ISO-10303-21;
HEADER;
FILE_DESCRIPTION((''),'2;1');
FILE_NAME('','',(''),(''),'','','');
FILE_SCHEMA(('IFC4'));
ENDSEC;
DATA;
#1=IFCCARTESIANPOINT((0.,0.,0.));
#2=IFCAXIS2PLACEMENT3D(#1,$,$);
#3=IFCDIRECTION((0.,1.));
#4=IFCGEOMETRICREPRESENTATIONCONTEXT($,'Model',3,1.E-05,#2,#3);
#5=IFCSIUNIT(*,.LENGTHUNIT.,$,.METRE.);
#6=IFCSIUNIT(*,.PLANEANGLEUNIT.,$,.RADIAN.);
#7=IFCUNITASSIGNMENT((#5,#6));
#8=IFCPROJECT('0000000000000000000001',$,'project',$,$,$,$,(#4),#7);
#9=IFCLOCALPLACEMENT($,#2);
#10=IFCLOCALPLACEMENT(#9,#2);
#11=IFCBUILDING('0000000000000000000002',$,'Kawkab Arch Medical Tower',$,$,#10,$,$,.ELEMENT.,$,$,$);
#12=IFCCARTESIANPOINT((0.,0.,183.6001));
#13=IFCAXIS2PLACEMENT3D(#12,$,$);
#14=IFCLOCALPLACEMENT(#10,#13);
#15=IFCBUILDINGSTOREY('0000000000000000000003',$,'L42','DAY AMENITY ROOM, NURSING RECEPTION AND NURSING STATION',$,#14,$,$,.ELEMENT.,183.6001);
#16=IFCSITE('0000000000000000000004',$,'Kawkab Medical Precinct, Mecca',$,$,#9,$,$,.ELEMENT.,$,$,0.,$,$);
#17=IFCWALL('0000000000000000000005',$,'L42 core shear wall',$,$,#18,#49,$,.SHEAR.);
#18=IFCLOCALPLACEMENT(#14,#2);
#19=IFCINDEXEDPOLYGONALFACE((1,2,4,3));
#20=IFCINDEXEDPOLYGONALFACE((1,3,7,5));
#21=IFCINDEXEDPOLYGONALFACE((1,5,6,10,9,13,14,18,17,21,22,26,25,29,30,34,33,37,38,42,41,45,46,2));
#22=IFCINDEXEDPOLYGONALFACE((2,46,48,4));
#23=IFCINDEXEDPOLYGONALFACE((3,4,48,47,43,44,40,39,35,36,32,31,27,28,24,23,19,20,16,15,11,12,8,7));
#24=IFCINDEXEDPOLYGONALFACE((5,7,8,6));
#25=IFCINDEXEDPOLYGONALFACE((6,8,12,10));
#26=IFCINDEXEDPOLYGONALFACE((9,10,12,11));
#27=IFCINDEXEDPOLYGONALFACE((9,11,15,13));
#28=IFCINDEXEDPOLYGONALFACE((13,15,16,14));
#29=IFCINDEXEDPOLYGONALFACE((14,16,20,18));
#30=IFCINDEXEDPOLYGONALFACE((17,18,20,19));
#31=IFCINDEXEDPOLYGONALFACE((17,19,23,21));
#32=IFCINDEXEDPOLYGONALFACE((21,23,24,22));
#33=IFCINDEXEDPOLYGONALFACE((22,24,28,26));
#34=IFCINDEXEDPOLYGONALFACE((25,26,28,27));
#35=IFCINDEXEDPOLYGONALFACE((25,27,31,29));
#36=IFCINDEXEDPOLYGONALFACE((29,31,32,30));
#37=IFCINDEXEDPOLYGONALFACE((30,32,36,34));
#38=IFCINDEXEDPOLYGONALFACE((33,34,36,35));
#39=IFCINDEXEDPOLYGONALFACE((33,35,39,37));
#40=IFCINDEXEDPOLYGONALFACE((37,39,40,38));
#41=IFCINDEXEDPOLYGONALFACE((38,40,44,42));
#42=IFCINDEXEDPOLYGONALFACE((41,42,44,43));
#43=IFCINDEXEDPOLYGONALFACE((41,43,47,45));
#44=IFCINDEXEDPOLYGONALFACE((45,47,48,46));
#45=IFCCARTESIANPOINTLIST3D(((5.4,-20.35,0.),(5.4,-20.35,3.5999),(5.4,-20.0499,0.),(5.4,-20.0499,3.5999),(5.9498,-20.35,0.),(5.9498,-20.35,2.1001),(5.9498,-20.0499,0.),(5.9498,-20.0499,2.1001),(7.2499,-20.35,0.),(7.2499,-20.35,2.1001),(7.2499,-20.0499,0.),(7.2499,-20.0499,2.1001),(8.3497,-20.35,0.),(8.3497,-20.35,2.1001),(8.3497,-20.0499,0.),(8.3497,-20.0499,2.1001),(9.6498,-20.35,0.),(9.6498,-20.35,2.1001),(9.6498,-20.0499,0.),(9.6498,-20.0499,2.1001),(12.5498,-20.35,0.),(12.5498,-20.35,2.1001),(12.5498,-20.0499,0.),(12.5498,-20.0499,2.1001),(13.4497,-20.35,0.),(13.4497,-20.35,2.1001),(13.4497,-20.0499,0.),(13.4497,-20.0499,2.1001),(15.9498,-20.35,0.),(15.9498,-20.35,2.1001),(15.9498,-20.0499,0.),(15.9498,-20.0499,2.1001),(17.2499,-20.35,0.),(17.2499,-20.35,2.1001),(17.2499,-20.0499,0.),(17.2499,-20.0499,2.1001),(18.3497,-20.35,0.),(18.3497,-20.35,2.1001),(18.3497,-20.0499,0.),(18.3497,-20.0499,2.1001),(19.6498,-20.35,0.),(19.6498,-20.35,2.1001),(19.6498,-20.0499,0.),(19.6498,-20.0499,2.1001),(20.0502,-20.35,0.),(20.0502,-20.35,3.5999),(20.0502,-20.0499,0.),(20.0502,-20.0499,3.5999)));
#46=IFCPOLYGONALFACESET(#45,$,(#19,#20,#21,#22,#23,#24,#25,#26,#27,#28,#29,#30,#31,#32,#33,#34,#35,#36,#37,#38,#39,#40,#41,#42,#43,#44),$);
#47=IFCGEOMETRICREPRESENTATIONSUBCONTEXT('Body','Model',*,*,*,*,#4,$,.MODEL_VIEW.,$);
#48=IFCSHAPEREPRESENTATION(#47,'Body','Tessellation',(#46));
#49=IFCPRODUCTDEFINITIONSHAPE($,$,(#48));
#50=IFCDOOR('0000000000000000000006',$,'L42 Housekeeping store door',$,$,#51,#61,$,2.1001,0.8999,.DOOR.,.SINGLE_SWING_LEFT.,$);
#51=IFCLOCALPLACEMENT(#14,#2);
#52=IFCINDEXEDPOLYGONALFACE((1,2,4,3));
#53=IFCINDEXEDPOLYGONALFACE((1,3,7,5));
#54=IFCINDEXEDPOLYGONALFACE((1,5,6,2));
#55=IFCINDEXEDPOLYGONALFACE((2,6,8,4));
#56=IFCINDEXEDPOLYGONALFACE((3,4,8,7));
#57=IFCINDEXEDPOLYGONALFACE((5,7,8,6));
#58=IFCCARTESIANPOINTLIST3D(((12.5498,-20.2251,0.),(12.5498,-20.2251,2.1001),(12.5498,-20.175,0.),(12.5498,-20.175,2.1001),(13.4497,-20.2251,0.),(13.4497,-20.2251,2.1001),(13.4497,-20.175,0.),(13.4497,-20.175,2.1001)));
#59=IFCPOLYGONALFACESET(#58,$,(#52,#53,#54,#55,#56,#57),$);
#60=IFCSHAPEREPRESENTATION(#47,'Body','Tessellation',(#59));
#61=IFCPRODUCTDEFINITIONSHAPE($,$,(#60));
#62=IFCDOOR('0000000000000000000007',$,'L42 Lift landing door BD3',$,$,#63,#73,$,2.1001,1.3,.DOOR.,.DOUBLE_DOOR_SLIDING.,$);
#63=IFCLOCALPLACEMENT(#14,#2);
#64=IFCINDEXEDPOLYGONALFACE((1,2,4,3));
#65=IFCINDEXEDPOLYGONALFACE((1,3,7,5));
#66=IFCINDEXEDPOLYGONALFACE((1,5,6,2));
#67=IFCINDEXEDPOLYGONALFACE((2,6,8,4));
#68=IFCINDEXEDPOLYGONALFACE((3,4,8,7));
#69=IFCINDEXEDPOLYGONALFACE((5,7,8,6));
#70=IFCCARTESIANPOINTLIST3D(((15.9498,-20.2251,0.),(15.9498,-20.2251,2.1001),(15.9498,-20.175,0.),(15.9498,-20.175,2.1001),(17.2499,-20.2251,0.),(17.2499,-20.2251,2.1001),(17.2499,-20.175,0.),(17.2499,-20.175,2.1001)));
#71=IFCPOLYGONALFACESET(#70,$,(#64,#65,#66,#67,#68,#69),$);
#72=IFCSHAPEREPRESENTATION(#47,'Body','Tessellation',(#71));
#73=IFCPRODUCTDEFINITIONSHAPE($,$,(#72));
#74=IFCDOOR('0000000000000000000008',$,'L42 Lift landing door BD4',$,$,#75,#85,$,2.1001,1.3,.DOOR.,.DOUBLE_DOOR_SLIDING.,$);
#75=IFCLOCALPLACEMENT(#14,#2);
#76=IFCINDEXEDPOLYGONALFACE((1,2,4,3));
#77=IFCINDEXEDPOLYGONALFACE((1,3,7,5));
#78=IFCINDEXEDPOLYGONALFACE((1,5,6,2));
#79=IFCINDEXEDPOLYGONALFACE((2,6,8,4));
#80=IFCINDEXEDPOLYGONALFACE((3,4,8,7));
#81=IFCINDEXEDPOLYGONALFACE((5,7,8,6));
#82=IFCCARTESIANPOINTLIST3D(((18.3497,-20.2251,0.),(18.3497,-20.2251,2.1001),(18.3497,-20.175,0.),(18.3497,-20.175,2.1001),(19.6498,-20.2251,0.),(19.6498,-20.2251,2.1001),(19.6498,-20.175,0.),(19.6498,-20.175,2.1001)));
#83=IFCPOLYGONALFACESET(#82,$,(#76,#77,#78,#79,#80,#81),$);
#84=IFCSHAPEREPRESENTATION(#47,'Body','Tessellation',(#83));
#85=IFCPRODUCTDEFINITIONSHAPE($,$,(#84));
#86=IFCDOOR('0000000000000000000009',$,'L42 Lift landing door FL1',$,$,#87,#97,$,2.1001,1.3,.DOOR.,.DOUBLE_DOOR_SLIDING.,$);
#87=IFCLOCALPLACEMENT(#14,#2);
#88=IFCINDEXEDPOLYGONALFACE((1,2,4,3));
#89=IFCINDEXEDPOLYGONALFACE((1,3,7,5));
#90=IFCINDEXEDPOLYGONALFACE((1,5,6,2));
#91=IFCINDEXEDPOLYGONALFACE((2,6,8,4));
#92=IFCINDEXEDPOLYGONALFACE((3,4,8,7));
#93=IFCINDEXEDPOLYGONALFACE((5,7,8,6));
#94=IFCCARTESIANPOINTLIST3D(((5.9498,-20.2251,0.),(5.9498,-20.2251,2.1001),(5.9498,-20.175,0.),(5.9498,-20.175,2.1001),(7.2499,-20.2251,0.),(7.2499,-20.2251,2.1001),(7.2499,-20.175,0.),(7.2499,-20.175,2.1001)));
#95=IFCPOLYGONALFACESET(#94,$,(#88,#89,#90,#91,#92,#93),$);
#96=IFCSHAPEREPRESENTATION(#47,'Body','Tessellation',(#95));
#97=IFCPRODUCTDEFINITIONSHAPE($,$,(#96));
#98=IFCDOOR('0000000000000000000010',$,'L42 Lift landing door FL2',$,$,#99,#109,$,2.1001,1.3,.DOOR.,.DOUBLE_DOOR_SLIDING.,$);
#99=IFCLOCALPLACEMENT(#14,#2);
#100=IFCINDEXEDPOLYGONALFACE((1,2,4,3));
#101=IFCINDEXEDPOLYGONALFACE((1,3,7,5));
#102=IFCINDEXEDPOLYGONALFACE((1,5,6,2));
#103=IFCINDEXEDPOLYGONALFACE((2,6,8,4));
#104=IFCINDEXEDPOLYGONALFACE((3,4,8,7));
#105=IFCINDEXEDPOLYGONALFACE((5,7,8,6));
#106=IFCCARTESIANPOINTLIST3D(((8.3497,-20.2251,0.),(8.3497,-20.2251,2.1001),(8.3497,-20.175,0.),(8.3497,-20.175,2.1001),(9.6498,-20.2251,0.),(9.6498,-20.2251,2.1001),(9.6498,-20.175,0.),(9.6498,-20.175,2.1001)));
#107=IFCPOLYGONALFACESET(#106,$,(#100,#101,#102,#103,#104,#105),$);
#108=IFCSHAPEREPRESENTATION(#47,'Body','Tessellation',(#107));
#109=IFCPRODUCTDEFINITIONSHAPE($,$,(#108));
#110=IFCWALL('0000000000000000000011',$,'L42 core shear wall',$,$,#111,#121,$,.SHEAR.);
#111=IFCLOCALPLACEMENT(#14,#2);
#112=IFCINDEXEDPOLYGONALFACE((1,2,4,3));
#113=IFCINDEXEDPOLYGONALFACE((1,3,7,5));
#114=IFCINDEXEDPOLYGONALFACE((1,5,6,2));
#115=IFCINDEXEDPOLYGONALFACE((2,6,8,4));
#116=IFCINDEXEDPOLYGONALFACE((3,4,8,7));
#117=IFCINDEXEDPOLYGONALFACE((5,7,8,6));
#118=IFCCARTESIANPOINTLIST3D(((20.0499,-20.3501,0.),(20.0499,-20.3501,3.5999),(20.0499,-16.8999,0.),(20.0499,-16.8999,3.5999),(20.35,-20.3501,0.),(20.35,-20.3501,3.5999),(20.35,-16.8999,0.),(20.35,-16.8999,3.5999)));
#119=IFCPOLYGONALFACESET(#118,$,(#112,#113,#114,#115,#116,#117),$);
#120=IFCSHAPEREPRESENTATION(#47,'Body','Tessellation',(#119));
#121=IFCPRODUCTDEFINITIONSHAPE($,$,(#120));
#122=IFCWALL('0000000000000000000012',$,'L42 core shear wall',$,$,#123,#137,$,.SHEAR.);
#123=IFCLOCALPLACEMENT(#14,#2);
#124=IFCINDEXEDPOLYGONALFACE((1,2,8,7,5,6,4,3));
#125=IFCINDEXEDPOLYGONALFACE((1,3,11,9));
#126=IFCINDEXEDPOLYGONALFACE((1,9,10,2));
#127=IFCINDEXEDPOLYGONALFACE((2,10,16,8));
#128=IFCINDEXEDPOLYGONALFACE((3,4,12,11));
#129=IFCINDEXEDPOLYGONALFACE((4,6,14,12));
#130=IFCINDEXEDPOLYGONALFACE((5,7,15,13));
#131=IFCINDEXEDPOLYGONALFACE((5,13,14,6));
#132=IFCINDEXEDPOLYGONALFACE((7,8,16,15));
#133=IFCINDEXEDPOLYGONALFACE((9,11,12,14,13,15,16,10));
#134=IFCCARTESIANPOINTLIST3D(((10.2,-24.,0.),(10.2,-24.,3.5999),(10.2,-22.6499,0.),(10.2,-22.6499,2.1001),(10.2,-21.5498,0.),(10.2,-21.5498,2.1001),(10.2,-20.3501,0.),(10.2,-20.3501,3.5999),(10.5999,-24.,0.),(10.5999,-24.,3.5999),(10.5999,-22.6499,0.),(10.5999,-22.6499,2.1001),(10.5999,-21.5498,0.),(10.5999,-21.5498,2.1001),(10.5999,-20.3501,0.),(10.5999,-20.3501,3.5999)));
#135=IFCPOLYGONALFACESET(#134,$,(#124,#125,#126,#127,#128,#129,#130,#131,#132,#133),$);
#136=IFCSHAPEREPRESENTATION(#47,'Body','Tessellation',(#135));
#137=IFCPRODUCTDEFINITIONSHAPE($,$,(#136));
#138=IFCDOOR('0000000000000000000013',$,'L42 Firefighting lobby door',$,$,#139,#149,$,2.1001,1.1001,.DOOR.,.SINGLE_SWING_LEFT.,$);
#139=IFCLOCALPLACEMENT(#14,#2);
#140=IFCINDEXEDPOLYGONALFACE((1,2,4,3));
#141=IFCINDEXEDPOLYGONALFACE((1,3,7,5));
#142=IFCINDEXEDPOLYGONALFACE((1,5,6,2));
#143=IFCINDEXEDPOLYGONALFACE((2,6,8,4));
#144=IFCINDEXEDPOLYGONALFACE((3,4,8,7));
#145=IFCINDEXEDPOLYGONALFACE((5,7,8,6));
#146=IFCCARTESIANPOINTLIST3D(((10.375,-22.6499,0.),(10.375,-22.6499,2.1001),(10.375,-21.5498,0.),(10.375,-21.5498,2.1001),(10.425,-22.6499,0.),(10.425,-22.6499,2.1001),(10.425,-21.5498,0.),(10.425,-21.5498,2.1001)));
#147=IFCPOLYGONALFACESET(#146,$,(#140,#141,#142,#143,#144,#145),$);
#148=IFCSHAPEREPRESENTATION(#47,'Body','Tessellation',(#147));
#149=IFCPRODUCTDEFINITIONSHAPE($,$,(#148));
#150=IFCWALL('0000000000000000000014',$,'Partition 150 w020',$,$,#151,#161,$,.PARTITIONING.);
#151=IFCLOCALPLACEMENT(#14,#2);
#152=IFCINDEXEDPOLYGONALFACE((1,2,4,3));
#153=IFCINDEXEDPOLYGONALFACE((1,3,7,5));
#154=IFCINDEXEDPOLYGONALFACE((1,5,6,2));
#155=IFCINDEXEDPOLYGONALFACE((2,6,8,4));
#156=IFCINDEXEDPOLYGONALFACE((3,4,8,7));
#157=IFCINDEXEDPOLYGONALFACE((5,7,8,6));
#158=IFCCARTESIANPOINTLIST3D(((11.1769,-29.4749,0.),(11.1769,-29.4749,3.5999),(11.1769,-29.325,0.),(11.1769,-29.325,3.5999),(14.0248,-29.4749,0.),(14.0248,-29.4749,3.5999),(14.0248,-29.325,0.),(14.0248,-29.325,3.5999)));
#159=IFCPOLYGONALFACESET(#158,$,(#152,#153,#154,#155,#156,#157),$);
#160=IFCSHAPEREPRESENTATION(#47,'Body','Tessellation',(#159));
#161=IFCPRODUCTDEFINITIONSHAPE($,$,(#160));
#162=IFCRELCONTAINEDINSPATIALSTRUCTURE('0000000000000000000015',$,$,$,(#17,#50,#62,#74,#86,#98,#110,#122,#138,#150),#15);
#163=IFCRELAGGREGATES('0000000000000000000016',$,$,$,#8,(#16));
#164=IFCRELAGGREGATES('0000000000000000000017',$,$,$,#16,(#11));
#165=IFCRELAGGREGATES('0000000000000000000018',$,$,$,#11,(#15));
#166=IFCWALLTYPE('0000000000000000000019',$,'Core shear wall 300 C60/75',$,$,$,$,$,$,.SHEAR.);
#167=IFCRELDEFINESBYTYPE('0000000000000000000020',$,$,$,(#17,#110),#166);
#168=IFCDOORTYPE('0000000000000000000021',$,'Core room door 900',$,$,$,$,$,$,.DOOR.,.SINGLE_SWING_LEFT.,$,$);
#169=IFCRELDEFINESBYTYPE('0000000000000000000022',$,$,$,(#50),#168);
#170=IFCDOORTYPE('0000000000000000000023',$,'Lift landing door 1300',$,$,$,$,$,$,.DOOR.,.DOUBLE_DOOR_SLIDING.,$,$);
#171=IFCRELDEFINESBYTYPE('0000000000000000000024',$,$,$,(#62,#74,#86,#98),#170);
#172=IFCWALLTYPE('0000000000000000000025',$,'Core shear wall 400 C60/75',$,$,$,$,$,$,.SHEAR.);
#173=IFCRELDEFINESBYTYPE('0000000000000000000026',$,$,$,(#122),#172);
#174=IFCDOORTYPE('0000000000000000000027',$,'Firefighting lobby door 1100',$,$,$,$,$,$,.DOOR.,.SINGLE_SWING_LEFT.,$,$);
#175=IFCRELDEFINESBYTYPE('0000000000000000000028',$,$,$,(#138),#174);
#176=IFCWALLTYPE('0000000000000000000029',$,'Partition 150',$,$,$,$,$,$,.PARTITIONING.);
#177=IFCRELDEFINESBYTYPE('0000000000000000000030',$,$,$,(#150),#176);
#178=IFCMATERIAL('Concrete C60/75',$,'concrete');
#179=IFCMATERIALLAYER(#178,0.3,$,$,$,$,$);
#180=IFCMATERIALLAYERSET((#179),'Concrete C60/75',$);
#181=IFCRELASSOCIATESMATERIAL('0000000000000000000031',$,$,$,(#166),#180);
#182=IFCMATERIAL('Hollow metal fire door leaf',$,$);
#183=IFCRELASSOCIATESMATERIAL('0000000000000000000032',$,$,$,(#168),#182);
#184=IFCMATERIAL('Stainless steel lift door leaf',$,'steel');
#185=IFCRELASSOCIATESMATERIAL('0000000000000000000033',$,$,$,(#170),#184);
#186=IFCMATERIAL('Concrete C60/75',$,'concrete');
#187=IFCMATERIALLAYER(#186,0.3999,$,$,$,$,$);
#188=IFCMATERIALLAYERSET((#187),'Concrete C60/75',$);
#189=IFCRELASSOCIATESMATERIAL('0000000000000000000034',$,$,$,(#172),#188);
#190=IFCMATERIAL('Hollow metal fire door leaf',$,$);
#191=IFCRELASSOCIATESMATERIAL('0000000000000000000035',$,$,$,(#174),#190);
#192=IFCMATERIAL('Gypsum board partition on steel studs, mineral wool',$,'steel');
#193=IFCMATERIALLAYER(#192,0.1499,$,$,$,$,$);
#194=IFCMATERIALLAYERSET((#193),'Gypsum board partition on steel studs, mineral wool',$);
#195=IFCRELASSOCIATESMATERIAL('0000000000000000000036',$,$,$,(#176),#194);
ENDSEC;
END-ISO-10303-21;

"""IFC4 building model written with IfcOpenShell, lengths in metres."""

from ifc_helpers import new_model, si_unit, direction, frame, frame_2d, origin, place, context, subcontext, project, spatial, rectangle, extrude, material, layer, layer_set, type_object, element, fill, save


model = new_model("IFC4")

# Units and contexts
model_context = context("Model", 3, precision=1e-05, world=origin(), true_north=direction((0.0, 1.0)))
body_context = subcontext(model_context, "Body", "Model", "MODEL_VIEW")
ifc_project = project(units=[si_unit("LENGTHUNIT", "METRE"), si_unit("PLANEANGLEUNIT", "RADIAN")], contexts=[model_context])

# Site, building, storey
site_placement = place(None, origin())
site = spatial("IfcSite", under=ifc_project, at=site_placement, Name="Kawkab Medical Precinct, Mecca", CompositionType="ELEMENT", RefElevation=0.0)
building_placement = place(site_placement, origin())
building = spatial("IfcBuilding", under=site, at=building_placement, Name="Kawkab Arch Medical Tower", CompositionType="ELEMENT")
storey_placement = place(building_placement, frame((0.0, 0.0, 183.6001)))
storey = spatial("IfcBuildingStorey", under=building, at=storey_placement, Name="L42", Description="DAY AMENITY ROOM, NURSING RECEPTION AND NURSING STATION", CompositionType="ELEMENT", Elevation=183.6001)

# Wall, openings, doors
ifc_material_1 = material(Name="Concrete C60/75", Category="concrete")
ifc_layer_1 = layer(ifc_material_1, 0.3)
ifc_layer_set_1 = layer_set([ifc_layer_1], Name="Concrete C60/75")
wall_type_1 = type_object("IfcWallType", Name="Core shear wall 300 C60/75", PredefinedType="SHEAR", material=ifc_layer_set_1)
wall_1_placement = place(storey_placement, frame((5.3999, -20.2, 0.0), z_axis=(0.0, 0.0, 1.0), x_axis=(1.0, 0.0, 0.0)))
wall_1 = element("IfcWall", 1, at=wall_1_placement, inside=storey, type_object=wall_type_1, Name="L42 core shear wall", PredefinedType="SHEAR", context=body_context, shape_type="SweptSolid", body=[
    extrude(rectangle(XDim=14.6501, YDim=0.3, at=frame_2d((7.3252, 0.0))), origin(), (0.0, 0.0, 1.0), 3.5999),
])
opening_1_placement = place(wall_1_placement, frame((10.55, 0.0, 0.0)))
opening_1 = element("IfcOpeningElement", 2, at=opening_1_placement, cuts=wall_1, PredefinedType="OPENING", context=body_context, shape_type="SweptSolid", body=[
    extrude(rectangle(XDim=1.3, YDim=2.1001, at=frame_2d((0.6499, 1.05))), frame((0.0, 0.1599, 0.0), z_axis=(0.0, -1.0, 0.0), x_axis=(1.0, 0.0, 0.0)), (0.0, 0.0, 1.0), 0.3201),
])
opening_2_placement = place(wall_1_placement, frame((12.95, 0.0, 0.0)))
opening_2 = element("IfcOpeningElement", 3, at=opening_2_placement, cuts=wall_1, PredefinedType="OPENING", context=body_context, shape_type="SweptSolid", body=[
    extrude(rectangle(XDim=1.3, YDim=2.1001, at=frame_2d((0.6499, 1.05))), frame((0.0, 0.1599, 0.0), z_axis=(0.0, -1.0, 0.0), x_axis=(1.0, 0.0, 0.0)), (0.0, 0.0, 1.0), 0.3201),
])
opening_3_placement = place(wall_1_placement, frame((0.55, 0.0, 0.0)))
opening_3 = element("IfcOpeningElement", 4, at=opening_3_placement, cuts=wall_1, PredefinedType="OPENING", context=body_context, shape_type="SweptSolid", body=[
    extrude(rectangle(XDim=1.3, YDim=2.1001, at=frame_2d((0.6499, 1.05))), frame((0.0, 0.1599, 0.0), z_axis=(0.0, -1.0, 0.0), x_axis=(1.0, 0.0, 0.0)), (0.0, 0.0, 1.0), 0.3201),
])
opening_4_placement = place(wall_1_placement, frame((2.95, 0.0, 0.0)))
opening_4 = element("IfcOpeningElement", 5, at=opening_4_placement, cuts=wall_1, PredefinedType="OPENING", context=body_context, shape_type="SweptSolid", body=[
    extrude(rectangle(XDim=1.3, YDim=2.1001, at=frame_2d((0.6499, 1.05))), frame((0.0, 0.1599, 0.0), z_axis=(0.0, -1.0, 0.0), x_axis=(1.0, 0.0, 0.0)), (0.0, 0.0, 1.0), 0.3201),
])
opening_5_placement = place(wall_1_placement, frame((7.1499, 0.0, 0.0)))
opening_5 = element("IfcOpeningElement", 6, at=opening_5_placement, cuts=wall_1, PredefinedType="OPENING", context=body_context, shape_type="SweptSolid", body=[
    extrude(rectangle(XDim=0.8999, YDim=2.1001, at=frame_2d((0.45, 1.05))), frame((0.0, 0.1599, 0.0), z_axis=(0.0, -1.0, 0.0), x_axis=(1.0, 0.0, 0.0)), (0.0, 0.0, 1.0), 0.3201),
])
ifc_material_2 = material(Name="Hollow metal fire door leaf")
door_type_1 = type_object("IfcDoorType", Name="Core room door 900", OperationType="SINGLE_SWING_LEFT", PredefinedType="DOOR", material=ifc_material_2)
door_1_placement = place(opening_5_placement, origin())
door_1 = element("IfcDoor", 7, at=door_1_placement, inside=storey, type_object=door_type_1, Name="L42 Housekeeping store door", OperationType="SINGLE_SWING_LEFT", OverallHeight=2.1001, OverallWidth=0.8999, PredefinedType="DOOR", context=body_context, shape_type="SweptSolid", body=[
    extrude(rectangle(XDim=0.8999, YDim=2.1001, at=frame_2d((0.45, 1.05))), frame((0.0, 0.0249, 0.0), z_axis=(0.0, -1.0, 0.0), x_axis=(1.0, 0.0, 0.0)), (0.0, 0.0, 1.0), 0.05),
])
fill(opening_5, door_1)
ifc_material_3 = material(Name="Stainless steel lift door leaf", Category="steel")
door_type_2 = type_object("IfcDoorType", Name="Lift landing door 1300", OperationType="DOUBLE_DOOR_SLIDING", PredefinedType="DOOR", material=ifc_material_3)
door_2_placement = place(opening_1_placement, origin())
door_2 = element("IfcDoor", 8, at=door_2_placement, inside=storey, type_object=door_type_2, Name="L42 Lift landing door BD3", OperationType="DOUBLE_DOOR_SLIDING", OverallHeight=2.1001, OverallWidth=1.3, PredefinedType="DOOR", context=body_context, shape_type="SweptSolid", body=[
    extrude(rectangle(XDim=1.3, YDim=2.1001, at=frame_2d((0.6499, 1.05))), frame((0.0, 0.0249, 0.0), z_axis=(0.0, -1.0, 0.0), x_axis=(1.0, 0.0, 0.0)), (0.0, 0.0, 1.0), 0.05),
])
fill(opening_1, door_2)
door_3_placement = place(opening_2_placement, origin())
door_3 = element("IfcDoor", 9, at=door_3_placement, inside=storey, type_object=door_type_2, Name="L42 Lift landing door BD4", OperationType="DOUBLE_DOOR_SLIDING", OverallHeight=2.1001, OverallWidth=1.3, PredefinedType="DOOR", context=body_context, shape_type="SweptSolid", body=[
    extrude(rectangle(XDim=1.3, YDim=2.1001, at=frame_2d((0.6499, 1.05))), frame((0.0, 0.0249, 0.0), z_axis=(0.0, -1.0, 0.0), x_axis=(1.0, 0.0, 0.0)), (0.0, 0.0, 1.0), 0.05),
])
fill(opening_2, door_3)
door_4_placement = place(opening_3_placement, origin())
door_4 = element("IfcDoor", 10, at=door_4_placement, inside=storey, type_object=door_type_2, Name="L42 Lift landing door FL1", OperationType="DOUBLE_DOOR_SLIDING", OverallHeight=2.1001, OverallWidth=1.3, PredefinedType="DOOR", context=body_context, shape_type="SweptSolid", body=[
    extrude(rectangle(XDim=1.3, YDim=2.1001, at=frame_2d((0.6499, 1.05))), frame((0.0, 0.0249, 0.0), z_axis=(0.0, -1.0, 0.0), x_axis=(1.0, 0.0, 0.0)), (0.0, 0.0, 1.0), 0.05),
])
fill(opening_3, door_4)
door_5_placement = place(opening_4_placement, origin())
door_5 = element("IfcDoor", 11, at=door_5_placement, inside=storey, type_object=door_type_2, Name="L42 Lift landing door FL2", OperationType="DOUBLE_DOOR_SLIDING", OverallHeight=2.1001, OverallWidth=1.3, PredefinedType="DOOR", context=body_context, shape_type="SweptSolid", body=[
    extrude(rectangle(XDim=1.3, YDim=2.1001, at=frame_2d((0.6499, 1.05))), frame((0.0, 0.0249, 0.0), z_axis=(0.0, -1.0, 0.0), x_axis=(1.0, 0.0, 0.0)), (0.0, 0.0, 1.0), 0.05),
])
fill(opening_4, door_5)

# Wall
wall_2_placement = place(storey_placement, frame((20.2, -20.3501, 0.0), z_axis=(0.0, 0.0, 1.0), x_axis=(0.0, 1.0, 0.0)))
element("IfcWall", 12, at=wall_2_placement, inside=storey, type_object=wall_type_1, Name="L42 core shear wall", PredefinedType="SHEAR", context=body_context, shape_type="SweptSolid", body=[
    extrude(rectangle(XDim=3.4502, YDim=0.3, at=frame_2d((1.7251, 0.0))), origin(), (0.0, 0.0, 1.0), 3.5999),
])

# Wall, opening, door
ifc_material_4 = material(Name="Concrete C60/75", Category="concrete")
ifc_layer_2 = layer(ifc_material_4, 0.3999)
ifc_layer_set_2 = layer_set([ifc_layer_2], Name="Concrete C60/75")
wall_type_2 = type_object("IfcWallType", Name="Core shear wall 400 C60/75", PredefinedType="SHEAR", material=ifc_layer_set_2)
wall_3_placement = place(storey_placement, frame((10.3999, -24.0, 0.0), z_axis=(0.0, 0.0, 1.0), x_axis=(0.0, 1.0, 0.0)))
wall_3 = element("IfcWall", 13, at=wall_3_placement, inside=storey, type_object=wall_type_2, Name="L42 core shear wall", PredefinedType="SHEAR", context=body_context, shape_type="SweptSolid", body=[
    extrude(rectangle(XDim=3.6499, YDim=0.3999, at=frame_2d((1.825, 0.0))), origin(), (0.0, 0.0, 1.0), 3.5999),
])
opening_6_placement = place(wall_3_placement, frame((1.3501, 0.0, 0.0)))
opening_6 = element("IfcOpeningElement", 14, at=opening_6_placement, cuts=wall_3, PredefinedType="OPENING", context=body_context, shape_type="SweptSolid", body=[
    extrude(rectangle(XDim=1.1001, YDim=2.1001, at=frame_2d((0.55, 1.05))), frame((0.0, 0.21, 0.0), z_axis=(0.0, -1.0, 0.0), x_axis=(1.0, 0.0, 0.0)), (0.0, 0.0, 1.0), 0.4199),
])
ifc_material_5 = material(Name="Hollow metal fire door leaf")
door_type_3 = type_object("IfcDoorType", Name="Firefighting lobby door 1100", OperationType="SINGLE_SWING_LEFT", PredefinedType="DOOR", material=ifc_material_5)
door_6_placement = place(opening_6_placement, origin())
door_6 = element("IfcDoor", 15, at=door_6_placement, inside=storey, type_object=door_type_3, Name="L42 Firefighting lobby door", OperationType="SINGLE_SWING_LEFT", OverallHeight=2.1001, OverallWidth=1.1001, PredefinedType="DOOR", context=body_context, shape_type="SweptSolid", body=[
    extrude(rectangle(XDim=1.1001, YDim=2.1001, at=frame_2d((0.55, 1.05))), frame((0.0, 0.0249, 0.0), z_axis=(0.0, -1.0, 0.0), x_axis=(1.0, 0.0, 0.0)), (0.0, 0.0, 1.0), 0.05),
])
fill(opening_6, door_6)

# Wall
ifc_material_6 = material(Name="Gypsum board partition on steel studs, mineral wool", Category="steel")
ifc_layer_3 = layer(ifc_material_6, 0.1499)
ifc_layer_set_3 = layer_set([ifc_layer_3], Name="Gypsum board partition on steel studs, mineral wool")
wall_type_3 = type_object("IfcWallType", Name="Partition 150", PredefinedType="PARTITIONING", material=ifc_layer_set_3)
wall_4_placement = place(storey_placement, frame((11.177, -29.3999, 0.0), z_axis=(0.0, 0.0, 1.0), x_axis=(1.0, 0.0, 0.0)))
element("IfcWall", 16, at=wall_4_placement, inside=storey, type_object=wall_type_3, Name="Partition 150 w020", PredefinedType="PARTITIONING", context=body_context, shape_type="SweptSolid", body=[
    extrude(rectangle(XDim=2.8479, YDim=0.1499, at=frame_2d((1.4238, 0.0))), origin(), (0.0, 0.0, 1.0), 3.5999),
])

save(model, "model.ifc")
